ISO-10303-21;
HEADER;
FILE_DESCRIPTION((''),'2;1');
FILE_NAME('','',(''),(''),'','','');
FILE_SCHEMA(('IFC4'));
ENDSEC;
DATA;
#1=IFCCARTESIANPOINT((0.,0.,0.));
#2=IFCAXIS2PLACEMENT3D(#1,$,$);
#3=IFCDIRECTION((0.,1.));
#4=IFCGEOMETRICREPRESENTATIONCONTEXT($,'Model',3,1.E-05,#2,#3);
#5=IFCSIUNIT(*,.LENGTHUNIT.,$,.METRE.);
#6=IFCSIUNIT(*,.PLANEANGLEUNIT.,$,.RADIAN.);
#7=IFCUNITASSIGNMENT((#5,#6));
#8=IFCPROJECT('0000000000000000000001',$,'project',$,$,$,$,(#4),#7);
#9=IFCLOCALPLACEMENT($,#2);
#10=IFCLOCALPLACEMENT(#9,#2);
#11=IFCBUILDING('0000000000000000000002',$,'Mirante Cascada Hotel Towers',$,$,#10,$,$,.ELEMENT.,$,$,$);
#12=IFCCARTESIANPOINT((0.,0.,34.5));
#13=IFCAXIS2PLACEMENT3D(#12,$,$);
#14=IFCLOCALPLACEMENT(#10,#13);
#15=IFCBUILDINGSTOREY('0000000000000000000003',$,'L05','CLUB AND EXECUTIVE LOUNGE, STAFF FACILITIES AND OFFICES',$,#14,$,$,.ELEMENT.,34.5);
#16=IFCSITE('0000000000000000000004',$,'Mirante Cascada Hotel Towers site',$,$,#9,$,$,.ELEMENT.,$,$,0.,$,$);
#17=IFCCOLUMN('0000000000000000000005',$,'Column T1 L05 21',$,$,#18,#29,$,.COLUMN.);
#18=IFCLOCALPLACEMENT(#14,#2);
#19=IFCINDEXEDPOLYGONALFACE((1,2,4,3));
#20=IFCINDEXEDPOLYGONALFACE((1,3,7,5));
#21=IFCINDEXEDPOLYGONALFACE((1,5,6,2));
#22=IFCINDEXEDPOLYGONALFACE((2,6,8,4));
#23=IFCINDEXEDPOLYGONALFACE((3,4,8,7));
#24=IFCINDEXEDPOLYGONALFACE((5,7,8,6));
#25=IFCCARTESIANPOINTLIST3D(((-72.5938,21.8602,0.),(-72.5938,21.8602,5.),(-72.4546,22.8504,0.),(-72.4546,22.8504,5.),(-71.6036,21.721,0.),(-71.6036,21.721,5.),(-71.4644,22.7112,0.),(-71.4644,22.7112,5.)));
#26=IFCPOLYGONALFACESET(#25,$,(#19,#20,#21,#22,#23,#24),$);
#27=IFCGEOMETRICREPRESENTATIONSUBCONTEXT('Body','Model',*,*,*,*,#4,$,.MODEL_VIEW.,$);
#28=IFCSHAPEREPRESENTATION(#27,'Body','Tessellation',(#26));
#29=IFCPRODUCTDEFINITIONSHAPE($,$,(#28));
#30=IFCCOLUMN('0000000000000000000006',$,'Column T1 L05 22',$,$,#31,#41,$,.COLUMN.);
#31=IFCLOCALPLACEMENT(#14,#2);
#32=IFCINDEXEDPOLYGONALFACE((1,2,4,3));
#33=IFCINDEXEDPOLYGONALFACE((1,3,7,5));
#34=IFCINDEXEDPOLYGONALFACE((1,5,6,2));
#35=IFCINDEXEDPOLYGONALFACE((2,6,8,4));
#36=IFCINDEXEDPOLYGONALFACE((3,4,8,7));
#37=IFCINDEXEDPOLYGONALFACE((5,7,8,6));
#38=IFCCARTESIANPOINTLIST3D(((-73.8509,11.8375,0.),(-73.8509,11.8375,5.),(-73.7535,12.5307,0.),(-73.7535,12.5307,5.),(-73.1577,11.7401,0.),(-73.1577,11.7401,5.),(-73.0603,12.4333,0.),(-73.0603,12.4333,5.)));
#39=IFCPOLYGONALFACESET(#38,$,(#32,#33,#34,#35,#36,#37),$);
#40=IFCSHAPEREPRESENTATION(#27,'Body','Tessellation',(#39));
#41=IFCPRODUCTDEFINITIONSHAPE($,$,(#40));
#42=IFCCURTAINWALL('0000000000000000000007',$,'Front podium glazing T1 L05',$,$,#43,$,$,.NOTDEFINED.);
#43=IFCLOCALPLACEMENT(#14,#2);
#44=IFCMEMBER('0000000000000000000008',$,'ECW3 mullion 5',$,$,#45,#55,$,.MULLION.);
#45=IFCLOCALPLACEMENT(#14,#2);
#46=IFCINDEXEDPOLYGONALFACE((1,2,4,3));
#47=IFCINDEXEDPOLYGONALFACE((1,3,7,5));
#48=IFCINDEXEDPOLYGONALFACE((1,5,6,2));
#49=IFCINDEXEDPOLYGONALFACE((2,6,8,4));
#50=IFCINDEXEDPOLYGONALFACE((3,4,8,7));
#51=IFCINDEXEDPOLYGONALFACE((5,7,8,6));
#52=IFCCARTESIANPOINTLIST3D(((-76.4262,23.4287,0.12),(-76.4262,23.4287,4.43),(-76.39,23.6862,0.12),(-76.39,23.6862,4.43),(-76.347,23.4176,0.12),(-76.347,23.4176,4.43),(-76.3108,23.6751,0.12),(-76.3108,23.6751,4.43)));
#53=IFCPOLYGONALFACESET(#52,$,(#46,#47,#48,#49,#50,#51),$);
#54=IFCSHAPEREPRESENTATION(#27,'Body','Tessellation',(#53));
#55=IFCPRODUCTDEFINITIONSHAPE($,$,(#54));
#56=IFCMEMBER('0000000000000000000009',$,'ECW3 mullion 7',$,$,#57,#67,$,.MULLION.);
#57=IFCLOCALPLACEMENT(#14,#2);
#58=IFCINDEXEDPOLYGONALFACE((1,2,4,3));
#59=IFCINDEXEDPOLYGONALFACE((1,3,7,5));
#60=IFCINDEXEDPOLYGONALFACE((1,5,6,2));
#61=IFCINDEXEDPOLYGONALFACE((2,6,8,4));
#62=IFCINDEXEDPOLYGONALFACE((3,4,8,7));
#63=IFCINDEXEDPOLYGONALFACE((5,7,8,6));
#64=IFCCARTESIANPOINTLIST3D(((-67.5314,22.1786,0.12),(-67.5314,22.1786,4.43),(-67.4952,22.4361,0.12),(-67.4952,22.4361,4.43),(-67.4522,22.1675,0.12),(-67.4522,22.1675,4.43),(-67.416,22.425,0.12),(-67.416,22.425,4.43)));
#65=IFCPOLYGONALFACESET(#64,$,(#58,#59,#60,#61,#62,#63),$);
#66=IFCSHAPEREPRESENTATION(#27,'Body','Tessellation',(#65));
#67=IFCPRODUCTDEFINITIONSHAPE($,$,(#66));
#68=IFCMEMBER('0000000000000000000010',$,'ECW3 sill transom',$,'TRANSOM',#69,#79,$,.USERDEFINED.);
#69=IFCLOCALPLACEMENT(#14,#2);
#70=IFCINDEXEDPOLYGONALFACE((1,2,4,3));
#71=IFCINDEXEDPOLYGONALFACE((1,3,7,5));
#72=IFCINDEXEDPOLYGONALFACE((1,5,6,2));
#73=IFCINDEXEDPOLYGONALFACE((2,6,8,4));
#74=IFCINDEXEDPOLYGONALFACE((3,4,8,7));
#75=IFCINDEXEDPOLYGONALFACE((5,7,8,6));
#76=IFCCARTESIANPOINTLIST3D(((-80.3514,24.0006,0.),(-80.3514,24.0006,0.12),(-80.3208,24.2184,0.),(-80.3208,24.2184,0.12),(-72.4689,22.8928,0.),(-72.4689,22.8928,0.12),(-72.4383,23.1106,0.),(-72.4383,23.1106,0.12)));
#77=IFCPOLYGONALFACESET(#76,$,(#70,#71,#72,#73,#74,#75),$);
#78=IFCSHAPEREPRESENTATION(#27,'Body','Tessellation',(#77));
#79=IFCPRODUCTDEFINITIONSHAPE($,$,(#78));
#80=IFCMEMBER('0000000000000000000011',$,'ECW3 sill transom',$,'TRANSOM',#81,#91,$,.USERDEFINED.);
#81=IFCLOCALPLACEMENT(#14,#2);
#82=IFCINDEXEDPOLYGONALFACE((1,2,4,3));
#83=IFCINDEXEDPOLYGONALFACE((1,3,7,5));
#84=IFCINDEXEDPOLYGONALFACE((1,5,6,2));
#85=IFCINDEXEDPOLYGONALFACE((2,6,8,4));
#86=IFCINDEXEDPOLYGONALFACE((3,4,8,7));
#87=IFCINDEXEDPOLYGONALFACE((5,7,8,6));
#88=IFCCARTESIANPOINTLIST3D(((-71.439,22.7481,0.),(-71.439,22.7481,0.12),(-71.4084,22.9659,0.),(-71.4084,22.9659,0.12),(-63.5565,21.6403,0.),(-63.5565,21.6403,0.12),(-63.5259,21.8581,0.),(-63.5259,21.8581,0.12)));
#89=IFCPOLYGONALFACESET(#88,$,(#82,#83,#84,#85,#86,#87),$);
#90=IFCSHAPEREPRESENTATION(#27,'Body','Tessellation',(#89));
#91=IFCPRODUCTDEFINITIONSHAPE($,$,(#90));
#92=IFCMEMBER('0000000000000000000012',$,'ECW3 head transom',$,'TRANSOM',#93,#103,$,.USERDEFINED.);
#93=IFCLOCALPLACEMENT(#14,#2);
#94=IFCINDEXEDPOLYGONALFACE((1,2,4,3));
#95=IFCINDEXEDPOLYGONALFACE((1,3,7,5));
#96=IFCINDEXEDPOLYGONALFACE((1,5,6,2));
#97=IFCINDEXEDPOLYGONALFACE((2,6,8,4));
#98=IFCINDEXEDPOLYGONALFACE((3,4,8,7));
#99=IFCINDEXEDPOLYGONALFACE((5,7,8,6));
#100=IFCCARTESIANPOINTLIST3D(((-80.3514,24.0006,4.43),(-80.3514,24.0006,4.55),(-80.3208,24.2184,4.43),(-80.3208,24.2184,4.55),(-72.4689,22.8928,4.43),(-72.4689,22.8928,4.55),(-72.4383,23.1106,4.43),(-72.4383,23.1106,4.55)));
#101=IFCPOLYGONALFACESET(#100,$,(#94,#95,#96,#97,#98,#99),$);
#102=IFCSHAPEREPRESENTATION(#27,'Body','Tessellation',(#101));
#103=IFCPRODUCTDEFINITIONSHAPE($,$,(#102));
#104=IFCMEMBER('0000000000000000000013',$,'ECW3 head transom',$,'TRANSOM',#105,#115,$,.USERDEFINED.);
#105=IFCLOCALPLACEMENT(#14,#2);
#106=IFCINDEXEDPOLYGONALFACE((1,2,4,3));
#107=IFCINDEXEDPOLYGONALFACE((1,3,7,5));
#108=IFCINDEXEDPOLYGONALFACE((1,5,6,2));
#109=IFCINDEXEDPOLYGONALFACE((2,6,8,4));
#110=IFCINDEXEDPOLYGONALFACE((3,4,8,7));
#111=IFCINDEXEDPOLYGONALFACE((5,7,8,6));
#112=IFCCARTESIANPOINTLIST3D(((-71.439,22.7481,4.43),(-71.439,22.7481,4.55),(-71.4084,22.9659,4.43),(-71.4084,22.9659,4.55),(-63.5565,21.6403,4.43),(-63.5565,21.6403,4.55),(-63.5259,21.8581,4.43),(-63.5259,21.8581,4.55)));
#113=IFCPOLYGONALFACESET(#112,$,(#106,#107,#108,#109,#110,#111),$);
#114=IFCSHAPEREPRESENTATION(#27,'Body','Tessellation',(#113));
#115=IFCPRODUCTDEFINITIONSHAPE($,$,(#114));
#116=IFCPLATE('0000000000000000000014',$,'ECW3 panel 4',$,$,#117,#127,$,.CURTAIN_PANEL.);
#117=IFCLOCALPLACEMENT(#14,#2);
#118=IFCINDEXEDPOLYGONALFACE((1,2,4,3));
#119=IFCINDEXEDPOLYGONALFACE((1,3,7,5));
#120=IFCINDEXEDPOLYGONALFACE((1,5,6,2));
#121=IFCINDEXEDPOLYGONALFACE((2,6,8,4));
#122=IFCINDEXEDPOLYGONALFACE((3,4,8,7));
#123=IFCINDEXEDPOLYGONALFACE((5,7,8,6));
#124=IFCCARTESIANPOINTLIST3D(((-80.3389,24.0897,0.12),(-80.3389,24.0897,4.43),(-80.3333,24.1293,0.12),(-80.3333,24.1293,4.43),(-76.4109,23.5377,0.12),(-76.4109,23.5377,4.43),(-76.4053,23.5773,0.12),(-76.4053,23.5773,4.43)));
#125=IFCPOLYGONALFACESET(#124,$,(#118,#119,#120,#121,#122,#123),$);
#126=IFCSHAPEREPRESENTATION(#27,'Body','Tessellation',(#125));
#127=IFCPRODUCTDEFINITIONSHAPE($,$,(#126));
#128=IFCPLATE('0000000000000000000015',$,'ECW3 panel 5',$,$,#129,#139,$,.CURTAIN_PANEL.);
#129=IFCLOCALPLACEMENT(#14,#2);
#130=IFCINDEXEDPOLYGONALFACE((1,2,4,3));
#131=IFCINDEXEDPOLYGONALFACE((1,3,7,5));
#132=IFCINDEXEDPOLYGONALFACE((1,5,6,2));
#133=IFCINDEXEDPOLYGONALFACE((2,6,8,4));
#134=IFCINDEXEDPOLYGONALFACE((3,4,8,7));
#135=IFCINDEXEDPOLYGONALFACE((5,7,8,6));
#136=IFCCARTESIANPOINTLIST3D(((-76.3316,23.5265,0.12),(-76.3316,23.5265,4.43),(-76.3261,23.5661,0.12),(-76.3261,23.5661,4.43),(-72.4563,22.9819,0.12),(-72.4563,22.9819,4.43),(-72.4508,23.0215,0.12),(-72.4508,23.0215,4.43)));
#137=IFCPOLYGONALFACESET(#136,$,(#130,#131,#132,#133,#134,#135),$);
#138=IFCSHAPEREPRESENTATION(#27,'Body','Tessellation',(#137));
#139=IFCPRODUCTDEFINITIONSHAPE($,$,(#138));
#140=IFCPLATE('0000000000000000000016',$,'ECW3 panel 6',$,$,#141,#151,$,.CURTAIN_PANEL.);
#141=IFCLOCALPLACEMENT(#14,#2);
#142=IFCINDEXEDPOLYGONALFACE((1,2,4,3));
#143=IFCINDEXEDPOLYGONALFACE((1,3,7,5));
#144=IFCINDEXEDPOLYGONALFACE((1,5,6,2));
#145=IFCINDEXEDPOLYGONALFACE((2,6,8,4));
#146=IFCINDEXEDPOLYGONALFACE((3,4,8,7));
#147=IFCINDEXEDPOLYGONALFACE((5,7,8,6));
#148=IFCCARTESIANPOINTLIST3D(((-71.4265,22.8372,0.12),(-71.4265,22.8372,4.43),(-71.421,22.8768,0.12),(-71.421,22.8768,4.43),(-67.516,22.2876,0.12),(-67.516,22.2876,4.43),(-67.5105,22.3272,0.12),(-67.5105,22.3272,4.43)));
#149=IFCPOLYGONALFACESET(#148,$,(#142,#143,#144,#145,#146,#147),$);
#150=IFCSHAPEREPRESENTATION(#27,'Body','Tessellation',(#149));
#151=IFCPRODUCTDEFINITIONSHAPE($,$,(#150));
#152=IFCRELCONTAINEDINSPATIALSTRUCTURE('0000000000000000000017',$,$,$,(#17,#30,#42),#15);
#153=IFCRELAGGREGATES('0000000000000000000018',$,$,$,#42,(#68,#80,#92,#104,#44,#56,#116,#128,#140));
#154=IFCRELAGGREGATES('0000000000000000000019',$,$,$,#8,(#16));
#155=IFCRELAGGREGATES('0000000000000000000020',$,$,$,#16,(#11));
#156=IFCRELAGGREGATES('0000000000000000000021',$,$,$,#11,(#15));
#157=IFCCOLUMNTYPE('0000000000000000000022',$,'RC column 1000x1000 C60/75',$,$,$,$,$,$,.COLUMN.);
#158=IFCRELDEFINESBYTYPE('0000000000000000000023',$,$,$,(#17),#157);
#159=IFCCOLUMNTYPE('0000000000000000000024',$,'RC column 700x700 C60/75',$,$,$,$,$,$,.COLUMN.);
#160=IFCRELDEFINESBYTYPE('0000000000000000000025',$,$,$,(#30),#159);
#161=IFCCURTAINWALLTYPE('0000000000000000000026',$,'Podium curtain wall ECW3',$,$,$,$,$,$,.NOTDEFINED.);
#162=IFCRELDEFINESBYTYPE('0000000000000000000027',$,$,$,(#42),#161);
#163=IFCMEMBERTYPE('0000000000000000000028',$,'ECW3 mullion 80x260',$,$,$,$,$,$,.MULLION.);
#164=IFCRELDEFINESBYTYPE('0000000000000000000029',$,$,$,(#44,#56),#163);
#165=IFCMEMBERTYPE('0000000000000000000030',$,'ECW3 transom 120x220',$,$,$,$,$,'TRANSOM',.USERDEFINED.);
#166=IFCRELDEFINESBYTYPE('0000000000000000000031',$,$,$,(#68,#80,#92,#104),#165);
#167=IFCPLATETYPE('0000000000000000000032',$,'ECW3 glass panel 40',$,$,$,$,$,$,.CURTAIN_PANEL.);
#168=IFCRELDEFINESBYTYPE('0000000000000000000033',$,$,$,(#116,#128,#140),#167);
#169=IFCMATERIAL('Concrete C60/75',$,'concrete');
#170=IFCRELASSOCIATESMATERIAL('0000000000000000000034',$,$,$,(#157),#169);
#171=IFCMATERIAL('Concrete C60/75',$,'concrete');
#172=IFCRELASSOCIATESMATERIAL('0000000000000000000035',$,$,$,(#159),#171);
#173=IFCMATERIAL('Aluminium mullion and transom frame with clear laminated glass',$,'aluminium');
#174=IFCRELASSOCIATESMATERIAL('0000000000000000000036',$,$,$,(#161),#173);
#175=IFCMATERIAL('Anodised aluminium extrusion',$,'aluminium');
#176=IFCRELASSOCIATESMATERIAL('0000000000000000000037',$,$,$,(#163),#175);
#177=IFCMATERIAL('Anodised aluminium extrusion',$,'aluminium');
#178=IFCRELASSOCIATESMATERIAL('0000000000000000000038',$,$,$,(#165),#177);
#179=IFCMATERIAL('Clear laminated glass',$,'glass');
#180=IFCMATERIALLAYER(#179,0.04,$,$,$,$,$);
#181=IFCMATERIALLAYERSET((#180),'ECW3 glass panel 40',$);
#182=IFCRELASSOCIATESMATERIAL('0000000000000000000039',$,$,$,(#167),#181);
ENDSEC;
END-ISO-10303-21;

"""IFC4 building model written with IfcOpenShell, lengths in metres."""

from ifc_helpers import new_model, si_unit, direction, frame, origin, origin_2d, place, context, subcontext, project, spatial, rectangle, extrude, material, layer, layer_set, material_profile, profile_set, type_object, element, aggregate, save


model = new_model("IFC4")

# Units and contexts
model_context = context("Model", 3, precision=1e-05, world=origin(), true_north=direction((0.0, 1.0)))
body_context = subcontext(model_context, "Body", "Model", "MODEL_VIEW")
ifc_project = project(units=[si_unit("LENGTHUNIT", "METRE"), si_unit("PLANEANGLEUNIT", "RADIAN")], contexts=[model_context])

# Site, building, storey
site_placement = place(None, origin())
site = spatial("IfcSite", under=ifc_project, at=site_placement, Name="Mirante Cascada Hotel Towers site", CompositionType="ELEMENT", RefElevation=0.0)
building_placement = place(site_placement, origin())
building = spatial("IfcBuilding", under=site, at=building_placement, Name="Mirante Cascada Hotel Towers", CompositionType="ELEMENT")
storey_placement = place(building_placement, frame((0.0, 0.0, 34.5)))
storey = spatial("IfcBuildingStorey", under=building, at=storey_placement, Name="L05", Description="CLUB AND EXECUTIVE LOUNGE, STAFF FACILITIES AND OFFICES", CompositionType="ELEMENT", Elevation=34.5)

# Columns
ifc_material_1 = material(Name="Concrete C60/75", Category="concrete")
ifc_material_profile_1 = material_profile(ifc_material_1, rectangle(XDim=1.0, YDim=1.0, at=origin_2d()), Name="RC column 1000x1000 C60/75")
ifc_profile_set_1 = profile_set([ifc_material_profile_1], Name="Concrete C60/75")
column_type_1 = type_object("IfcColumnType", Name="RC column 1000x1000 C60/75", PredefinedType="COLUMN", material=ifc_profile_set_1)
column_1_placement = place(storey_placement, frame((-72.0291, 22.2857, 0.0), z_axis=(0.0, 0.0, 1.0), x_axis=(-0.990268, 0.139173, 0.0)))
element("IfcColumn", 1, at=column_1_placement, inside=storey, type_object=column_type_1, Name="Column T1 L05 21", PredefinedType="COLUMN", context=body_context, shape_type="SweptSolid", body=[
    extrude(rectangle(XDim=1.0, YDim=1.0, at=origin_2d()), origin(), (0.0, 0.0, 1.0), 5.0),
])
ifc_material_2 = material(Name="Concrete C60/75", Category="concrete")
ifc_material_profile_2 = material_profile(ifc_material_2, rectangle(XDim=0.7, YDim=0.7, at=origin_2d()), Name="RC column 700x700 C60/75")
ifc_profile_set_2 = profile_set([ifc_material_profile_2], Name="Concrete C60/75")
column_type_2 = type_object("IfcColumnType", Name="RC column 700x700 C60/75", PredefinedType="COLUMN", material=ifc_profile_set_2)
column_2_placement = place(storey_placement, frame((-73.4556, 12.1354, 0.0), z_axis=(0.0, 0.0, 1.0), x_axis=(-0.990268, 0.139173, 0.0)))
element("IfcColumn", 2, at=column_2_placement, inside=storey, type_object=column_type_2, Name="Column T1 L05 22", PredefinedType="COLUMN", context=body_context, shape_type="SweptSolid", body=[
    extrude(rectangle(XDim=0.7, YDim=0.7, at=origin_2d()), origin(), (0.0, 0.0, 1.0), 5.0),
])

# Curtain wall, members, plates
ifc_material_3 = material(Name="Aluminium mullion and transom frame with clear laminated glass", Category="aluminium")
curtain_wall_type = type_object("IfcCurtainWallType", Name="Podium curtain wall ECW3", PredefinedType="NOTDEFINED", material=ifc_material_3)
curtain_wall_placement = place(storey_placement, origin())
curtain_wall = element("IfcCurtainWall", 3, at=curtain_wall_placement, inside=storey, type_object=curtain_wall_type, Name="Front podium glazing T1 L05", PredefinedType="NOTDEFINED")
ifc_material_4 = material(Name="Anodised aluminium extrusion", Category="aluminium")
ifc_material_profile_3 = material_profile(ifc_material_4, rectangle(XDim=0.26, YDim=0.08, at=origin_2d()), Name="ECW3 MULLION 80x260")
ifc_profile_set_3 = profile_set([ifc_material_profile_3], Name="Anodised aluminium extrusion")
member_type_1 = type_object("IfcMemberType", Name="ECW3 mullion 80x260", PredefinedType="MULLION", material=ifc_profile_set_3)
member_1_placement = place(storey_placement, frame((-76.3685, 23.5519, 0.12), z_axis=(0.0, 0.0, 1.0), x_axis=(0.139173, 0.990268, 0.0)))
member_1 = element("IfcMember", 4, at=member_1_placement, type_object=member_type_1, Name="ECW3 mullion 5", PredefinedType="MULLION", context=body_context, shape_type="SweptSolid", body=[
    extrude(rectangle(XDim=0.26, YDim=0.08, at=origin_2d()), origin(), (0.0, 0.0, 1.0), 4.31),
])
member_2_placement = place(storey_placement, frame((-67.4737, 22.3018, 0.12), z_axis=(0.0, 0.0, 1.0), x_axis=(0.139173, 0.990268, 0.0)))
member_2 = element("IfcMember", 5, at=member_2_placement, type_object=member_type_1, Name="ECW3 mullion 7", PredefinedType="MULLION", context=body_context, shape_type="SweptSolid", body=[
    extrude(rectangle(XDim=0.26, YDim=0.08, at=origin_2d()), origin(), (0.0, 0.0, 1.0), 4.31),
])
ifc_material_5 = material(Name="Anodised aluminium extrusion", Category="aluminium")
ifc_material_profile_4 = material_profile(ifc_material_5, rectangle(XDim=0.22, YDim=0.12, at=origin_2d()), Name="ECW3 TRANSOM 120x220")
ifc_profile_set_4 = profile_set([ifc_material_profile_4], Name="Anodised aluminium extrusion")
member_type_2 = type_object("IfcMemberType", Name="ECW3 transom 120x220", ElementType="TRANSOM", PredefinedType="USERDEFINED", material=ifc_profile_set_4)
member_3_placement = place(storey_placement, frame((-80.3361, 24.1095, 0.06), z_axis=(0.990268, -0.139172, 0.0), x_axis=(0.139172, 0.990268, 0.0)))
member_3 = element("IfcMember", 6, at=member_3_placement, type_object=member_type_2, Name="ECW3 sill transom", ObjectType="TRANSOM", PredefinedType="USERDEFINED", context=body_context, shape_type="SweptSolid", body=[
    extrude(rectangle(XDim=0.22, YDim=0.12, at=origin_2d()), origin(), (0.0, 0.0, 1.0), 7.96),
])
member_4_placement = place(storey_placement, frame((-71.4237, 22.857, 0.06), z_axis=(0.990268, -0.139172, 0.0), x_axis=(0.139172, 0.990268, 0.0)))
member_4 = element("IfcMember", 7, at=member_4_placement, type_object=member_type_2, Name="ECW3 sill transom", ObjectType="TRANSOM", PredefinedType="USERDEFINED", context=body_context, shape_type="SweptSolid", body=[
    extrude(rectangle(XDim=0.22, YDim=0.12, at=origin_2d()), origin(), (0.0, 0.0, 1.0), 7.96),
])
member_5_placement = place(storey_placement, frame((-80.3361, 24.1095, 4.49), z_axis=(0.990268, -0.139172, 0.0), x_axis=(0.139172, 0.990268, 0.0)))
member_5 = element("IfcMember", 8, at=member_5_placement, type_object=member_type_2, Name="ECW3 head transom", ObjectType="TRANSOM", PredefinedType="USERDEFINED", context=body_context, shape_type="SweptSolid", body=[
    extrude(rectangle(XDim=0.22, YDim=0.12, at=origin_2d()), origin(), (0.0, 0.0, 1.0), 7.96),
])
member_6_placement = place(storey_placement, frame((-71.4237, 22.857, 4.49), z_axis=(0.990268, -0.139172, 0.0), x_axis=(0.139172, 0.990268, 0.0)))
member_6 = element("IfcMember", 9, at=member_6_placement, type_object=member_type_2, Name="ECW3 head transom", ObjectType="TRANSOM", PredefinedType="USERDEFINED", context=body_context, shape_type="SweptSolid", body=[
    extrude(rectangle(XDim=0.22, YDim=0.12, at=origin_2d()), origin(), (0.0, 0.0, 1.0), 7.96),
])
ifc_material_6 = material(Name="Clear laminated glass", Category="glass")
ifc_layer_1 = layer(ifc_material_6, 0.04)
ifc_layer_set_1 = layer_set([ifc_layer_1], Name="ECW3 glass panel 40")
plate_type = type_object("IfcPlateType", Name="ECW3 glass panel 40", PredefinedType="CURTAIN_PANEL", material=ifc_layer_set_1)
plate_1_placement = place(storey_placement, frame((-78.3721, 23.8335, 0.12), z_axis=(0.0, 0.0, 1.0), x_axis=(0.990268, -0.139173, 0.0)))
plate_1 = element("IfcPlate", 10, at=plate_1_placement, type_object=plate_type, Name="ECW3 panel 4", PredefinedType="CURTAIN_PANEL", context=body_context, shape_type="SweptSolid", body=[
    extrude(rectangle(XDim=3.9666, YDim=0.04, at=origin_2d()), origin(), (0.0, 0.0, 1.0), 4.31),
])
plate_2_placement = place(storey_placement, frame((-74.3912, 23.274, 0.12), z_axis=(0.0, 0.0, 1.0), x_axis=(0.990268, -0.139173, 0.0)))
plate_2 = element("IfcPlate", 11, at=plate_2_placement, type_object=plate_type, Name="ECW3 panel 5", PredefinedType="CURTAIN_PANEL", context=body_context, shape_type="SweptSolid", body=[
    extrude(rectangle(XDim=3.9134, YDim=0.04, at=origin_2d()), origin(), (0.0, 0.0, 1.0), 4.31),
])
plate_3_placement = place(storey_placement, frame((-69.4685, 22.5822, 0.12), z_axis=(0.0, 0.0, 1.0), x_axis=(0.990268, -0.139173, 0.0)))
plate_3 = element("IfcPlate", 12, at=plate_3_placement, type_object=plate_type, Name="ECW3 panel 6", PredefinedType="CURTAIN_PANEL", context=body_context, shape_type="SweptSolid", body=[
    extrude(rectangle(XDim=3.9489, YDim=0.04, at=origin_2d()), origin(), (0.0, 0.0, 1.0), 4.31),
])
aggregate(curtain_wall, [member_3, member_4, member_5, member_6, member_1, member_2, plate_1, plate_2, plate_3])

save(model, "model.ifc")
